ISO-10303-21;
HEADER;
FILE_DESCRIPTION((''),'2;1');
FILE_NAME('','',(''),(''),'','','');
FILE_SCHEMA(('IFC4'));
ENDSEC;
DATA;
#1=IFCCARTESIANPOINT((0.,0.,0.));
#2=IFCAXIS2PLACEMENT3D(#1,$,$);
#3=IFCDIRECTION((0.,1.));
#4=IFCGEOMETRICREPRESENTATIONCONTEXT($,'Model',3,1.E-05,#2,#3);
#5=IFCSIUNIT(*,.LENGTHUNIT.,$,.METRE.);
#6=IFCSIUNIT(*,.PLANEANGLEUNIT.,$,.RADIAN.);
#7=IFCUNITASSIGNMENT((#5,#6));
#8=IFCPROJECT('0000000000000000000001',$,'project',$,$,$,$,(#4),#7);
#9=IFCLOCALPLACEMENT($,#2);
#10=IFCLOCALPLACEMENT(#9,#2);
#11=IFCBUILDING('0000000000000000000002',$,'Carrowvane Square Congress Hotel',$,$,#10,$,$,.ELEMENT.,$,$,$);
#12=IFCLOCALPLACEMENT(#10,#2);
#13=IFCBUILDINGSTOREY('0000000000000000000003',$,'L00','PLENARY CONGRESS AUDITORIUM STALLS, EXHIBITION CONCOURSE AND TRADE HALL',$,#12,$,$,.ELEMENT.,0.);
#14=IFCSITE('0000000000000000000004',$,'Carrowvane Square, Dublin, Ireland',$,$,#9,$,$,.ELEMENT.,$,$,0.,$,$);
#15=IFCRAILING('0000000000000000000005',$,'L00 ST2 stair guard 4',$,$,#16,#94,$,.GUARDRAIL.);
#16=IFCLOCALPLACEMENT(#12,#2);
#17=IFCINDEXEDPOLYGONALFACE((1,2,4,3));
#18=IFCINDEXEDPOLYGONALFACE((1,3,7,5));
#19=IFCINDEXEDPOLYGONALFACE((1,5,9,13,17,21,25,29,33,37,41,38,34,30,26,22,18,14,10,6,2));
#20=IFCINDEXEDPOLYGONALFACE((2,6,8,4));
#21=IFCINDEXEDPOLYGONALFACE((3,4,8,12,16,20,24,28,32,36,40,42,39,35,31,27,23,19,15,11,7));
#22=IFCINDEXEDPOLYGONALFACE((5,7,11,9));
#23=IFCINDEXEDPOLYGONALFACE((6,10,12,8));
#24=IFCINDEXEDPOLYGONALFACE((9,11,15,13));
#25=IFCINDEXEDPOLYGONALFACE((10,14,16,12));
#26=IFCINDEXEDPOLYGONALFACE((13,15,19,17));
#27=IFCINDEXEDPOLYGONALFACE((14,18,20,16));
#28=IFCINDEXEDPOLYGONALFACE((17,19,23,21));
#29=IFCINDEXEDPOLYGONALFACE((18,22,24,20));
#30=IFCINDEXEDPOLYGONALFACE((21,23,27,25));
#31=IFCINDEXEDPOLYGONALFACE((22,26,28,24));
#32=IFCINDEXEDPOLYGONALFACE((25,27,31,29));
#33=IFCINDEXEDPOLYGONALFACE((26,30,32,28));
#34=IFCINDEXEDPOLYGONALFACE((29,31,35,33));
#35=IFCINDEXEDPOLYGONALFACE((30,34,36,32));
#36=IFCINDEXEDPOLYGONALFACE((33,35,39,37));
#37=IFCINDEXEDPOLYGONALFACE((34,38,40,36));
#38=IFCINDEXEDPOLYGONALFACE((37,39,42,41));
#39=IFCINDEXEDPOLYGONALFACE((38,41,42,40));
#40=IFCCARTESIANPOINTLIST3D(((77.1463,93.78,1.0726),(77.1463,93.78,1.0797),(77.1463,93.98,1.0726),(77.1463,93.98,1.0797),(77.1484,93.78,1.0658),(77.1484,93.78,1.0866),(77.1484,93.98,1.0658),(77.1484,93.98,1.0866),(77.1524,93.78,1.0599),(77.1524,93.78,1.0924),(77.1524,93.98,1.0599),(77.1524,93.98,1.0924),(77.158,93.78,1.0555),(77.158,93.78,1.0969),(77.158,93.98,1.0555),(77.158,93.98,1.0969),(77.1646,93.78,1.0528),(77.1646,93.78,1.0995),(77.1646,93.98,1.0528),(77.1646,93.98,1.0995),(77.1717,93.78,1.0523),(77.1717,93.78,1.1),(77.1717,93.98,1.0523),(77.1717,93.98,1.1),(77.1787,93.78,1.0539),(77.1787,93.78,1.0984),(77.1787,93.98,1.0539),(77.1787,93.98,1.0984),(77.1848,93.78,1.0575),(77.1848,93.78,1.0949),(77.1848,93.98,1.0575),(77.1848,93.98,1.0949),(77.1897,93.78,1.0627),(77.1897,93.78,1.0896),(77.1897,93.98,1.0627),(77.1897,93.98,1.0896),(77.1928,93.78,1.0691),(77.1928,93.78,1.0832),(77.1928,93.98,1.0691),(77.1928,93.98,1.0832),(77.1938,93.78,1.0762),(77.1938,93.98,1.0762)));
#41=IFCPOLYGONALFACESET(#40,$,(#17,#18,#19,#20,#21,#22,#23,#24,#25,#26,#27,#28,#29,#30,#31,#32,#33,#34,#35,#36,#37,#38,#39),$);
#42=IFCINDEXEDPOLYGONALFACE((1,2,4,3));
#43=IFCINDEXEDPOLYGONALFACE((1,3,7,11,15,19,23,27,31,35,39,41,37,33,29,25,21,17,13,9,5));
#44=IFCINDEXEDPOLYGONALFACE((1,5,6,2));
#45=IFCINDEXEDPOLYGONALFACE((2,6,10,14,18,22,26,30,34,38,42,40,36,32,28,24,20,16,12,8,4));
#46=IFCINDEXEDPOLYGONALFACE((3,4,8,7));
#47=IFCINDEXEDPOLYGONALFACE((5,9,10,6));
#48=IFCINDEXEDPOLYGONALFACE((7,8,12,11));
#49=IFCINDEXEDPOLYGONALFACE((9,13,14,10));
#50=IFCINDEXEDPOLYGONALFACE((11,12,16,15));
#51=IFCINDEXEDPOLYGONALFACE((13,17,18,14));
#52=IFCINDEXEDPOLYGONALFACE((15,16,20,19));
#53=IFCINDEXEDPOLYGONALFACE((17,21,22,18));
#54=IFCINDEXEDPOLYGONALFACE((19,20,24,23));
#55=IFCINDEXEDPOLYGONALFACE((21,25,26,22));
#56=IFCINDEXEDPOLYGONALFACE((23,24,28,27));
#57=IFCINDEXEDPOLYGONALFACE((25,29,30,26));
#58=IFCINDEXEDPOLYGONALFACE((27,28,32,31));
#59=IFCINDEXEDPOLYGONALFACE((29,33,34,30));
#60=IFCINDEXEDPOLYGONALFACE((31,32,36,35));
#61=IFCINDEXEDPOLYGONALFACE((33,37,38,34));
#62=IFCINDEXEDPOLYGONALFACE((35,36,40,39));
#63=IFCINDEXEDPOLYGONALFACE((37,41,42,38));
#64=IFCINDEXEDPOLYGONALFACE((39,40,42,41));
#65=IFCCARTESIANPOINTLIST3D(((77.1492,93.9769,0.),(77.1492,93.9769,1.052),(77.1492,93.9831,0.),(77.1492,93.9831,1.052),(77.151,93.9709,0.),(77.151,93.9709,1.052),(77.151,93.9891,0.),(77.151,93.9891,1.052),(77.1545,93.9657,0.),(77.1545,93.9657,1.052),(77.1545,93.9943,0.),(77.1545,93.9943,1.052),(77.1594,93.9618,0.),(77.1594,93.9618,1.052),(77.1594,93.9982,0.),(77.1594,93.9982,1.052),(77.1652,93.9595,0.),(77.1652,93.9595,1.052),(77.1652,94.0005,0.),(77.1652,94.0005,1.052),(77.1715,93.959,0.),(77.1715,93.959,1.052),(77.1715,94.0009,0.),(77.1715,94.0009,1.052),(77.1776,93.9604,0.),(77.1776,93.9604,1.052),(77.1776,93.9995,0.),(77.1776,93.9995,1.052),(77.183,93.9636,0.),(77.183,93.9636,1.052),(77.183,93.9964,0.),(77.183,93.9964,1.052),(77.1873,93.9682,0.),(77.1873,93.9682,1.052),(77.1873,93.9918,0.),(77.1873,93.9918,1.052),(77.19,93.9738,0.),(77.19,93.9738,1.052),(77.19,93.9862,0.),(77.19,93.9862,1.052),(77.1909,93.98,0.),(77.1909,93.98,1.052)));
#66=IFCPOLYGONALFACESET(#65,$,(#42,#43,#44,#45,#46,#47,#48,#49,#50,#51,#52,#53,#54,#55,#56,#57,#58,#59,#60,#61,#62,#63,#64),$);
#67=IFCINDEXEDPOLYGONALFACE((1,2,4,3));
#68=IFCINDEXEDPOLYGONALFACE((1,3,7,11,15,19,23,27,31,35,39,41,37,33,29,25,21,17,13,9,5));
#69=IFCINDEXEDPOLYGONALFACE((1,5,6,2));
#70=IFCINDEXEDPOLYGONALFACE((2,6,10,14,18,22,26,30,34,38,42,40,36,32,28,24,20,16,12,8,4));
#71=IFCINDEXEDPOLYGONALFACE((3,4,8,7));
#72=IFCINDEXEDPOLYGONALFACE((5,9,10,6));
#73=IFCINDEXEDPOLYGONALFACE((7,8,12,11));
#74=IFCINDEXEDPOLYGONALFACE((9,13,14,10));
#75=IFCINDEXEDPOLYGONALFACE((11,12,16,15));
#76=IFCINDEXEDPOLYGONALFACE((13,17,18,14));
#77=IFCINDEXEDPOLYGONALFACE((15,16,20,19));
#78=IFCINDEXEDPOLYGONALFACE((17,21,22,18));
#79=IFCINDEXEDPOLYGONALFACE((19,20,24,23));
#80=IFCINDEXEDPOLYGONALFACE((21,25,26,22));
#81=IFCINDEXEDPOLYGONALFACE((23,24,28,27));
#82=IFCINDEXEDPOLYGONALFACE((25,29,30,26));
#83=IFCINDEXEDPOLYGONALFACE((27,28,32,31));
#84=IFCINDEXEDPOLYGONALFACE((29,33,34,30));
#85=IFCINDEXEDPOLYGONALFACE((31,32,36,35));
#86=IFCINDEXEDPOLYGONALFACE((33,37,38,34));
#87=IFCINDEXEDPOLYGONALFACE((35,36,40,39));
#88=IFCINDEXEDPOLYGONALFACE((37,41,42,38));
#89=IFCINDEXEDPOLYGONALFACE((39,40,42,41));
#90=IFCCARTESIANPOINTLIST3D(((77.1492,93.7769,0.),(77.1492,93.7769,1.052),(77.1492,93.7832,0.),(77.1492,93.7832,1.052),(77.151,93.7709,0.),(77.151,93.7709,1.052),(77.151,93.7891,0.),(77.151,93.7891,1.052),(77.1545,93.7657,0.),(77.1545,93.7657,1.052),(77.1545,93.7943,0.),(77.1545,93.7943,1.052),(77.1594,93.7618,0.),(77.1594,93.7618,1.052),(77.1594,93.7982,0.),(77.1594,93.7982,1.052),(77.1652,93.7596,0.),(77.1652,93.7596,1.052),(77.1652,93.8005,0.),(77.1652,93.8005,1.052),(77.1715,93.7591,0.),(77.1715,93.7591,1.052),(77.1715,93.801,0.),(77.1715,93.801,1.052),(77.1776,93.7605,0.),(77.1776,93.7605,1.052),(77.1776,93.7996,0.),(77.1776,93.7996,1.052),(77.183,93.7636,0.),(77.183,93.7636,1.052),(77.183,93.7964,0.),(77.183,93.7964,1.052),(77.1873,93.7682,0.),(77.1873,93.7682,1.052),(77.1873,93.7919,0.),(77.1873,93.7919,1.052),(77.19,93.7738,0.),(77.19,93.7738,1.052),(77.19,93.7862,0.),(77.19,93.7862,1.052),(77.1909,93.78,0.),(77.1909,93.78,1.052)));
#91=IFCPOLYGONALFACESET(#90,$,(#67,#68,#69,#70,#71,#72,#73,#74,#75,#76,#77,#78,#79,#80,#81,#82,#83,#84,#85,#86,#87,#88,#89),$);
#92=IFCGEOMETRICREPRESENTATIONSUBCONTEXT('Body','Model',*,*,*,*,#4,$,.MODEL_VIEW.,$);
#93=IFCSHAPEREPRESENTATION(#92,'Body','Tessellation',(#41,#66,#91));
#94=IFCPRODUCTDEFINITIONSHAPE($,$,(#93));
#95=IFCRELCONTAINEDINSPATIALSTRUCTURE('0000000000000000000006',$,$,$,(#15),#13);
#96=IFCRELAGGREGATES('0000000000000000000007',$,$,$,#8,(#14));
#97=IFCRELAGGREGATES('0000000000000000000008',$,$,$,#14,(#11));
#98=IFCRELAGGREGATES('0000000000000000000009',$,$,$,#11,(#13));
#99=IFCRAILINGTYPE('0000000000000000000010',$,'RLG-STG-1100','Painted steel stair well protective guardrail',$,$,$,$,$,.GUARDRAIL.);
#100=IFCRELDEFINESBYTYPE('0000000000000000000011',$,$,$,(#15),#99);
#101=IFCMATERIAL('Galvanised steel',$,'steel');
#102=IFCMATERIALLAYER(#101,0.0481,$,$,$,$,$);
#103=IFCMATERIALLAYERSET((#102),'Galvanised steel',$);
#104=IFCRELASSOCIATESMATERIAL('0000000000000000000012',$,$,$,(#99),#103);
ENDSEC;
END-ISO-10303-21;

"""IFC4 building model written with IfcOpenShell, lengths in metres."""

from ifc_helpers import new_model, si_unit, direction, frame, origin, origin_2d, place, context, subcontext, project, spatial, circle, extrude, material, layer, layer_set, type_object, element, save


model = new_model("IFC4")

# Units and contexts
model_context = context("Model", 3, precision=1e-05, world=origin(), true_north=direction((0.0, 1.0)))
body_context = subcontext(model_context, "Body", "Model", "MODEL_VIEW")
ifc_project = project(units=[si_unit("LENGTHUNIT", "METRE"), si_unit("PLANEANGLEUNIT", "RADIAN")], contexts=[model_context])

# Site, building, storey
site_placement = place(None, origin())
site = spatial("IfcSite", under=ifc_project, at=site_placement, Name="Carrowvane Square, Dublin, Ireland", CompositionType="ELEMENT", RefElevation=0.0)
building_placement = place(site_placement, origin())
building = spatial("IfcBuilding", under=site, at=building_placement, Name="Carrowvane Square Congress Hotel", CompositionType="ELEMENT")
storey_placement = place(building_placement, origin())
storey = spatial("IfcBuildingStorey", under=building, at=storey_placement, Name="L00", Description="PLENARY CONGRESS AUDITORIUM STALLS, EXHIBITION CONCOURSE AND TRADE HALL", CompositionType="ELEMENT", Elevation=0.0)

# Railing
ifc_material_1 = material(Name="Galvanised steel", Category="steel")
ifc_layer_1 = layer(ifc_material_1, 0.0481)
ifc_layer_set_1 = layer_set([ifc_layer_1], Name="Galvanised steel")
railing_type_1 = type_object("IfcRailingType", Name="RLG-STG-1100", Description="Painted steel stair well protective guardrail", PredefinedType="GUARDRAIL", material=ifc_layer_set_1)
railing_1_placement = place(storey_placement, frame((77.1699, 93.98, 0.0)))
element("IfcRailing", 1, at=railing_1_placement, inside=storey, type_object=railing_type_1, Name="L00 ST2 stair guard 4", PredefinedType="GUARDRAIL", context=body_context, shape_type="SweptSolid", body=[
    extrude(circle(Radius=0.0239, at=origin_2d()), frame((0.0, 0.0, 1.0762), z_axis=(0.0, -1.0, 0.0), x_axis=(1.0, 0.0, 0.0)), (0.0, 0.0, 1.0), 0.2),
    extrude(circle(Radius=0.021, at=origin_2d()), origin(), (0.0, 0.0, 1.0), 1.052),
    extrude(circle(Radius=0.021, at=origin_2d()), frame((0.0, -0.2, 0.0)), (0.0, 0.0, 1.0), 1.052),
])

save(model, "model.ifc")
